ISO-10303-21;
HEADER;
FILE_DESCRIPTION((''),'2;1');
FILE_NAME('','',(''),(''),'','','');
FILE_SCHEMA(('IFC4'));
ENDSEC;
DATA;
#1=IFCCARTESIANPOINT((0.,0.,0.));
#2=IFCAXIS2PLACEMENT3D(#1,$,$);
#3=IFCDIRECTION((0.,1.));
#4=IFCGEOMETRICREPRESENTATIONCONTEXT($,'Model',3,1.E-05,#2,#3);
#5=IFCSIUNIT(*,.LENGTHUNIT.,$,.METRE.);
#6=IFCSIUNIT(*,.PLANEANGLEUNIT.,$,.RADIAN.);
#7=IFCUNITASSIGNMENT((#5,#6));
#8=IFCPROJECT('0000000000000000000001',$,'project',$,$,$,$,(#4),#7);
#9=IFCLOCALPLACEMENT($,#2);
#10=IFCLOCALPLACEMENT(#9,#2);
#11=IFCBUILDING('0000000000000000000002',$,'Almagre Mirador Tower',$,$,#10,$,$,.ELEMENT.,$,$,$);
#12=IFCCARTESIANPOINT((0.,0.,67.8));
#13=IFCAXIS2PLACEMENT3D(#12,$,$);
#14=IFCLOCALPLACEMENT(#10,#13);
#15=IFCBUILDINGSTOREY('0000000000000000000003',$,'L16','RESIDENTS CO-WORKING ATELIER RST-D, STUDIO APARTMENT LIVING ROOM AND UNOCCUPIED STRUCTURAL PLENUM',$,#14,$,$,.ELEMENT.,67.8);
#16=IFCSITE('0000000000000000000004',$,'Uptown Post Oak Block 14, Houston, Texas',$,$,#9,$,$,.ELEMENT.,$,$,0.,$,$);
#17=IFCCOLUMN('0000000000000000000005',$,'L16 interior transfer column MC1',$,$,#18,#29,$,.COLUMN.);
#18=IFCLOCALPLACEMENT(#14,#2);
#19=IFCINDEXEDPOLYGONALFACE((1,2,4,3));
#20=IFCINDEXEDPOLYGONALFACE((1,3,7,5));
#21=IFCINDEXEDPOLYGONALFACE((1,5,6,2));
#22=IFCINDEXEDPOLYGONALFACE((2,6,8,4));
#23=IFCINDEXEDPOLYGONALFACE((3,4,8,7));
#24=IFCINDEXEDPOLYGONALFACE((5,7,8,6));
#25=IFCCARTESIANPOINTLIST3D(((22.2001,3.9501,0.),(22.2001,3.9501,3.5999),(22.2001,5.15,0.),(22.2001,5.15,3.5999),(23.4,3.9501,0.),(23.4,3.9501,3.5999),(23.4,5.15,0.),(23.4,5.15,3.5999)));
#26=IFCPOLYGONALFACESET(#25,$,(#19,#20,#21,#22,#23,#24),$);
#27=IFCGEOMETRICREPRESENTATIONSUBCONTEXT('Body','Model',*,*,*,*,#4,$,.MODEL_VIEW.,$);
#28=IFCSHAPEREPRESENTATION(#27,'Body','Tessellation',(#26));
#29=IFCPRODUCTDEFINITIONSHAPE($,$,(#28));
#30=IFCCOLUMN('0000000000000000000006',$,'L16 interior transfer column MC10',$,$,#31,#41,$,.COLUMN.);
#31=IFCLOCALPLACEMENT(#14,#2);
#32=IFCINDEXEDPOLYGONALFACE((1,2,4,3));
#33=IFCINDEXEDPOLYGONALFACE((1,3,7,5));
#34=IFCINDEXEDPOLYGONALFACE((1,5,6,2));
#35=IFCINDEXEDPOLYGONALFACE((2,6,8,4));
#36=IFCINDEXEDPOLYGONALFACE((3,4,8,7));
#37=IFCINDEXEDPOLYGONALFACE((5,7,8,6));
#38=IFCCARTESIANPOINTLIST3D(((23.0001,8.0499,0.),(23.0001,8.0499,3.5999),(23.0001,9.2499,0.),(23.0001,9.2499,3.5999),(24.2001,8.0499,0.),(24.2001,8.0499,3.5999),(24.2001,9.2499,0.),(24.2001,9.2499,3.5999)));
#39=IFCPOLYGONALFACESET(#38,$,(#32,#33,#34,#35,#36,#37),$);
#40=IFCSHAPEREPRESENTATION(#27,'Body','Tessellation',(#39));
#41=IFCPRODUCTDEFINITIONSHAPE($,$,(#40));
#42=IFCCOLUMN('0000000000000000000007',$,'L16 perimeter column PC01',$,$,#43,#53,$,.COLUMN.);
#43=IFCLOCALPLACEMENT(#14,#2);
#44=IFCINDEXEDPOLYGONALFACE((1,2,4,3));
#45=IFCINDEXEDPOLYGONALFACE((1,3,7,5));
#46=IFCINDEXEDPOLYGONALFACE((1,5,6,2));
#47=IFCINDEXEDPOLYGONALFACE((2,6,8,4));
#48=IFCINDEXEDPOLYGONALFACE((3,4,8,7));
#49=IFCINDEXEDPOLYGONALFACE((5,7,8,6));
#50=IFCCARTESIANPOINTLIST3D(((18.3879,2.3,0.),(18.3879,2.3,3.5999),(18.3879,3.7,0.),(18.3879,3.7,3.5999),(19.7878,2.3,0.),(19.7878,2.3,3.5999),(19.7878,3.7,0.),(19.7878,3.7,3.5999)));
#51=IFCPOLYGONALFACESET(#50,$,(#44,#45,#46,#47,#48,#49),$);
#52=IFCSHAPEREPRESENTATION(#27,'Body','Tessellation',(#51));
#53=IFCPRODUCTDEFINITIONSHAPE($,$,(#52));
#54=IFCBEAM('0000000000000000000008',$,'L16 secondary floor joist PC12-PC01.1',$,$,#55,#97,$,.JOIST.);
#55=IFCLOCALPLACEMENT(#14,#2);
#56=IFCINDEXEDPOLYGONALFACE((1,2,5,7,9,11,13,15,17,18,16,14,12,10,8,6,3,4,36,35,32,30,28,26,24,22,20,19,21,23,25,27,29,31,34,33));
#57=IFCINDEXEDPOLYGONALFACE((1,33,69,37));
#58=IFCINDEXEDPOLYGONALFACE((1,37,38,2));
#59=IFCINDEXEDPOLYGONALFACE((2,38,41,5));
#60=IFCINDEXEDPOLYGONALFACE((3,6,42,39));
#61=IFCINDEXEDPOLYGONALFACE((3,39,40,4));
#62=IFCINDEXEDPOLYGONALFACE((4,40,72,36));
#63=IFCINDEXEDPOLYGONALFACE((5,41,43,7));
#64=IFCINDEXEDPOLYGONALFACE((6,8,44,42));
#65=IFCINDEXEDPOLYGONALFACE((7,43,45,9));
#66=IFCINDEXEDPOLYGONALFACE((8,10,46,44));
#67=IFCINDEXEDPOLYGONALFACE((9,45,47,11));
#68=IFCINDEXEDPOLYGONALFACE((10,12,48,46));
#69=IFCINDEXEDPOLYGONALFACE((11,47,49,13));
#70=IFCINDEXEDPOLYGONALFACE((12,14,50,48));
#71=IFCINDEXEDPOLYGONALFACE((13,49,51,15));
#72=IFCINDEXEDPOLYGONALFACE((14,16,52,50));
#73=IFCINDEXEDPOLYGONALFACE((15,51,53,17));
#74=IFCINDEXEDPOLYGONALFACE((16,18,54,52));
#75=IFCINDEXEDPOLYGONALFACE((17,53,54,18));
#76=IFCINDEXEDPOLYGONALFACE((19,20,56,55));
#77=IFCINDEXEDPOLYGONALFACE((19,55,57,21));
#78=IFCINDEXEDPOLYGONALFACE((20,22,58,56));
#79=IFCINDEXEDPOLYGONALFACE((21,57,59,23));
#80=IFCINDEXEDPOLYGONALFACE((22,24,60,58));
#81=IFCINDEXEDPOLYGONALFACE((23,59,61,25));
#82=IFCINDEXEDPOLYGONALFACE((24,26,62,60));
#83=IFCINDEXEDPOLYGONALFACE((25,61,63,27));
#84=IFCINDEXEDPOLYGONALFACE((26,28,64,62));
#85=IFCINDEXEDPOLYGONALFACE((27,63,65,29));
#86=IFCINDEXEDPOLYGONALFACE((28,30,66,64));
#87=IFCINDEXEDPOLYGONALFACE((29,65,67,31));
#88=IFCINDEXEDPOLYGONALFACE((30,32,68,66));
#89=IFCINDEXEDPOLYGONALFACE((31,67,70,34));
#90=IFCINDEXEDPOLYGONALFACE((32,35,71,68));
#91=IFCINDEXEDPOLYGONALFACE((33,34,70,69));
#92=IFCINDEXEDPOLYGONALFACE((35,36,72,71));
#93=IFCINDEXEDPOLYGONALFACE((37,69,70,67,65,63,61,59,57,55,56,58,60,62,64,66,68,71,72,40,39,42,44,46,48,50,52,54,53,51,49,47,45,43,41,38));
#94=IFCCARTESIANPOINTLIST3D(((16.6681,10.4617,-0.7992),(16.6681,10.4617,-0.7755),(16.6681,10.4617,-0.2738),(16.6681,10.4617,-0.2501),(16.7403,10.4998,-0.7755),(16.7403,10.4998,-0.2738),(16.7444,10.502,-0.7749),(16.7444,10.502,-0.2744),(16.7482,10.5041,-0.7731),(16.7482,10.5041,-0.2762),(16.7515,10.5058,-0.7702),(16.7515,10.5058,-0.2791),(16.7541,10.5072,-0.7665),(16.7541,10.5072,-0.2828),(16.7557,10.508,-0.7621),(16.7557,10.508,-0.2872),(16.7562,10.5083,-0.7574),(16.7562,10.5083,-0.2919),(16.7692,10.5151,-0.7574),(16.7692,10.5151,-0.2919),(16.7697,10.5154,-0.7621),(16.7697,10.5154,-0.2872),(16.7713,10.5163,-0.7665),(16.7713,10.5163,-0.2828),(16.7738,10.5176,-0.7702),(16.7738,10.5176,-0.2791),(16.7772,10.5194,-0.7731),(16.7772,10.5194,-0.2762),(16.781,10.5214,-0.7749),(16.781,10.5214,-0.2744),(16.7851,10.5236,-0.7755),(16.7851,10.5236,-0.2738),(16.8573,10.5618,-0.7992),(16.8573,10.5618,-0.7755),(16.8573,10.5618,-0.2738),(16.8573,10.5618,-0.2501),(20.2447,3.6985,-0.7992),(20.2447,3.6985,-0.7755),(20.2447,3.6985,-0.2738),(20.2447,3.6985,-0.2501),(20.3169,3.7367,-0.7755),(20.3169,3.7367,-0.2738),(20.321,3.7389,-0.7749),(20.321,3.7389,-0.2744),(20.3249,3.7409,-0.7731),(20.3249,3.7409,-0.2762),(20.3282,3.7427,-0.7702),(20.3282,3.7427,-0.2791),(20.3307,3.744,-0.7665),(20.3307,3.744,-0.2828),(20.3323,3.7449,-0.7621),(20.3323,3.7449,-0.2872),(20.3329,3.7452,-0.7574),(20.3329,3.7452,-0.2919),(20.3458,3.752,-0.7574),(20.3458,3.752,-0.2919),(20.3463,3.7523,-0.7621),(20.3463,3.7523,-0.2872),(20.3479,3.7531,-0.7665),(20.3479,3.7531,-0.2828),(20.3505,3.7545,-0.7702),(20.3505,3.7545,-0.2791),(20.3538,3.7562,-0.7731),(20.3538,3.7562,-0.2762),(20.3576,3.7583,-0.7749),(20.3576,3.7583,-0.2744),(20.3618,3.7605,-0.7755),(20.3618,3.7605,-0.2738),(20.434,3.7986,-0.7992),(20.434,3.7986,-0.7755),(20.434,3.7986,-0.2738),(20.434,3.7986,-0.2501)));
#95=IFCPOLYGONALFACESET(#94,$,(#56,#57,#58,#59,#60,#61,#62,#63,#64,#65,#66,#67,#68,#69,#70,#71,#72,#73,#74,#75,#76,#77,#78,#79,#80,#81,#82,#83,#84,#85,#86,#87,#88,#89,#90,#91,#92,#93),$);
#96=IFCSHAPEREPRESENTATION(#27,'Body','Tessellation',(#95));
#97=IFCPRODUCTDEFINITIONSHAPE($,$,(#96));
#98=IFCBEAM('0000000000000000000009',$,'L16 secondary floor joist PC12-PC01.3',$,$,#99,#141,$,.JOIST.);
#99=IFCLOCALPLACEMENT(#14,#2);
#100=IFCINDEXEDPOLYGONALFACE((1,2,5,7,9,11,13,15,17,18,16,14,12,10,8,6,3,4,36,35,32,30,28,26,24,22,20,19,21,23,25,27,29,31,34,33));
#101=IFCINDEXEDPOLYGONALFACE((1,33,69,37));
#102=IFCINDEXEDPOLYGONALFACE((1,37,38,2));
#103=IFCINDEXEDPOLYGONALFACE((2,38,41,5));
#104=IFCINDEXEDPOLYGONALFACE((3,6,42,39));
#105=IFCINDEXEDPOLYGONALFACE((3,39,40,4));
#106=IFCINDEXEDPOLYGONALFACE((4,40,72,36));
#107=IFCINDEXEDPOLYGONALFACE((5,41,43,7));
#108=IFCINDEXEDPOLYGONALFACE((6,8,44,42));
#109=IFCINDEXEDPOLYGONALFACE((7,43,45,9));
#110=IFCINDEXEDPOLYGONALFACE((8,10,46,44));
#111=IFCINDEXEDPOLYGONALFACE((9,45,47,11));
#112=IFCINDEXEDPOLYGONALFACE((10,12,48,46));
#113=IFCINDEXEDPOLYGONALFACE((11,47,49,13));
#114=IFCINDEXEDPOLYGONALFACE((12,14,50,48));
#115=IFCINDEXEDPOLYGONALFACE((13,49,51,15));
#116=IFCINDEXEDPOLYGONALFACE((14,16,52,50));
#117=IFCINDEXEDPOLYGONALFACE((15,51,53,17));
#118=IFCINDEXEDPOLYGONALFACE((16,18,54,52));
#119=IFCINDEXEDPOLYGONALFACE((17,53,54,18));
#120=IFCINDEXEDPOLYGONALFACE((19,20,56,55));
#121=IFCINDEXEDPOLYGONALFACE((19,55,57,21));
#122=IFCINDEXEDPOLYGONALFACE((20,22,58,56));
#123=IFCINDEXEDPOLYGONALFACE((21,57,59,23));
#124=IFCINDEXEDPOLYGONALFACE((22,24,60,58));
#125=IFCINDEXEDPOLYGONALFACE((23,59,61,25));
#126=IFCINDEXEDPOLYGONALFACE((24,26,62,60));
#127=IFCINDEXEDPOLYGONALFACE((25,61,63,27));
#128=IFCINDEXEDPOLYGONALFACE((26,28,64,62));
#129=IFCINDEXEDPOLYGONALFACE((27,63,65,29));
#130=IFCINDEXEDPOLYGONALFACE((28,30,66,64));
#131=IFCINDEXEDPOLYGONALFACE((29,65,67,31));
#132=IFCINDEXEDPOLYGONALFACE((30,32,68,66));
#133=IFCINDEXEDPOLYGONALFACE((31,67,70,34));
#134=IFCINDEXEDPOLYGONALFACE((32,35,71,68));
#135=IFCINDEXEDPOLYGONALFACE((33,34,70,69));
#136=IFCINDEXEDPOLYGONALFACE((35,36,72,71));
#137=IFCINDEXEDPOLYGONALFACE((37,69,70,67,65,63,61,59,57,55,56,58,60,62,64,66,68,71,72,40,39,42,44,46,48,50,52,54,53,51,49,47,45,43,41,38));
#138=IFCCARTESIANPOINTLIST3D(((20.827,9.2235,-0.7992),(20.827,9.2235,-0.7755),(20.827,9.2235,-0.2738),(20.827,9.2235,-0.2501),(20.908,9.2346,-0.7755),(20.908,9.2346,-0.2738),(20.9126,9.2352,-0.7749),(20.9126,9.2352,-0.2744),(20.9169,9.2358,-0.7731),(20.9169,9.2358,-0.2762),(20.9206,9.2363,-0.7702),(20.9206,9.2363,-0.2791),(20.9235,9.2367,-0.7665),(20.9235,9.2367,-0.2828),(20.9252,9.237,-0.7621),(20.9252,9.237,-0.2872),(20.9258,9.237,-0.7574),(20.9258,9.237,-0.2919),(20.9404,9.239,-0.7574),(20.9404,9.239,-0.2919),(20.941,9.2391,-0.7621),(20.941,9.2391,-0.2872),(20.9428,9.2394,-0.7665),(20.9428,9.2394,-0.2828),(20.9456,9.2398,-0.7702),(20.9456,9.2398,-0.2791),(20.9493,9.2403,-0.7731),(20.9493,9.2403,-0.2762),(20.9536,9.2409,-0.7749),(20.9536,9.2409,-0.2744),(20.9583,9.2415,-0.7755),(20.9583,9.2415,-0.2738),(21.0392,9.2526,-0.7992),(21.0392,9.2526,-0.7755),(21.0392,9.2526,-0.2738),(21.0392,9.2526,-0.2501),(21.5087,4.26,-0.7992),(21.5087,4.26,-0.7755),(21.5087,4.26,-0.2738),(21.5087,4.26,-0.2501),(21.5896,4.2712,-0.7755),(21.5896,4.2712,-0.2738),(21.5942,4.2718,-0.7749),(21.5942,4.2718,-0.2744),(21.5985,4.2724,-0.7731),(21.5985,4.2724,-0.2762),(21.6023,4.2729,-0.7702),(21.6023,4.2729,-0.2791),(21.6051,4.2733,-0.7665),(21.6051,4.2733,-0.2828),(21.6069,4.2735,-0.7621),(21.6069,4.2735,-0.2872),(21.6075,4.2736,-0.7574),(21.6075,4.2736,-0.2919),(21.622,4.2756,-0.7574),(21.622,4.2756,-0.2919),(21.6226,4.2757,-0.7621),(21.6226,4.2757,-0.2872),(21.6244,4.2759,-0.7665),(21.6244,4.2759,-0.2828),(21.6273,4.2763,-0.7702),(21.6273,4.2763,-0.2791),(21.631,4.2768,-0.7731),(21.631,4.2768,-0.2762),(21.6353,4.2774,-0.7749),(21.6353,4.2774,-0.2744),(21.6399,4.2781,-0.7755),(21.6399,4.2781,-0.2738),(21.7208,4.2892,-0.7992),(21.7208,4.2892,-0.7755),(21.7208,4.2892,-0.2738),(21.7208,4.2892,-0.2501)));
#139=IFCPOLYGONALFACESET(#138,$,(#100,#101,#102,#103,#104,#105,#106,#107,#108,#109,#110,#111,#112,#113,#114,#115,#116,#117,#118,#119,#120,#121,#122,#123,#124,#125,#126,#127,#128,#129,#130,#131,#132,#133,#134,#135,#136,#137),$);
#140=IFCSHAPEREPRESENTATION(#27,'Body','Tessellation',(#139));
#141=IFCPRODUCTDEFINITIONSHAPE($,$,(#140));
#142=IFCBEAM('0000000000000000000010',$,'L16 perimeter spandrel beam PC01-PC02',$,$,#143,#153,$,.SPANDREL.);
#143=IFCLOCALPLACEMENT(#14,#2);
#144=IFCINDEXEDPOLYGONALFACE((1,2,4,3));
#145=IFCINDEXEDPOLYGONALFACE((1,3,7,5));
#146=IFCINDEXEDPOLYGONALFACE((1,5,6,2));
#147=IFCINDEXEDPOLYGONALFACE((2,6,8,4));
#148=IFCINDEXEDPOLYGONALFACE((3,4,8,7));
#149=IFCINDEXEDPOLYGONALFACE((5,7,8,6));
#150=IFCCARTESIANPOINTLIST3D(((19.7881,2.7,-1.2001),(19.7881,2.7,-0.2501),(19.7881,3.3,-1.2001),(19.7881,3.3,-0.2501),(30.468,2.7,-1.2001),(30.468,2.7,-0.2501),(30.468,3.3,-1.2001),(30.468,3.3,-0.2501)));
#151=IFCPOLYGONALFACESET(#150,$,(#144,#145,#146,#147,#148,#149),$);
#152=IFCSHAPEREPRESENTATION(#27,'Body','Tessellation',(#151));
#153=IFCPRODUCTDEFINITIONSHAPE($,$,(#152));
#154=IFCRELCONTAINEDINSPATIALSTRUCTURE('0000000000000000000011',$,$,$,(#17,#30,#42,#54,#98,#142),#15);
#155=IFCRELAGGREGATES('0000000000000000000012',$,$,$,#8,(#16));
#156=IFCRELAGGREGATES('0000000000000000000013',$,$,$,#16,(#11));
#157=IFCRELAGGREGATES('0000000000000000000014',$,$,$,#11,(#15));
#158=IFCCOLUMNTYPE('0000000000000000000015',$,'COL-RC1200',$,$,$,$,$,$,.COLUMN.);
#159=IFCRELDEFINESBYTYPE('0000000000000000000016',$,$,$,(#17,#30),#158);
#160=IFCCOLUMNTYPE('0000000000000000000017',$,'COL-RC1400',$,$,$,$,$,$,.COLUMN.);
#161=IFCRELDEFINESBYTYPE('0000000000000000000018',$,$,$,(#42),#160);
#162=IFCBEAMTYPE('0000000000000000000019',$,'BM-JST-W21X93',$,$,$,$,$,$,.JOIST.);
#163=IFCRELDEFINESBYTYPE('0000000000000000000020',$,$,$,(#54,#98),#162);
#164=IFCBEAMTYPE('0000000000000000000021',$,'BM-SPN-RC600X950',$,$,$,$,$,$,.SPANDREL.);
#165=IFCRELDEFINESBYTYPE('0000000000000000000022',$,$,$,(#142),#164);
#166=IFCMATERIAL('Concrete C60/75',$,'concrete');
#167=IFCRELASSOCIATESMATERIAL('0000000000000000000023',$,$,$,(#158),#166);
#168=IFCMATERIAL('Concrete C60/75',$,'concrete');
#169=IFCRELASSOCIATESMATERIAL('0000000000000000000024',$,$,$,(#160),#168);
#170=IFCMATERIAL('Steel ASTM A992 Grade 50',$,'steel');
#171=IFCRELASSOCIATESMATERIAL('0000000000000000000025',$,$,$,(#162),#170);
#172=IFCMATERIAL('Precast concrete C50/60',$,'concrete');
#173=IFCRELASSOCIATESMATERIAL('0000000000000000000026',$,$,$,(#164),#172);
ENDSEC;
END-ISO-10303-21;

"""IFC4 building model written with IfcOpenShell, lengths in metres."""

from ifc_helpers import new_model, si_unit, direction, frame, origin, origin_2d, place, context, subcontext, project, spatial, rectangle, i_section, extrude, material, material_profile, profile_set, type_object, element, save


model = new_model("IFC4")

# Units and contexts
model_context = context("Model", 3, precision=1e-05, world=origin(), true_north=direction((0.0, 1.0)))
body_context = subcontext(model_context, "Body", "Model", "MODEL_VIEW")
ifc_project = project(units=[si_unit("LENGTHUNIT", "METRE"), si_unit("PLANEANGLEUNIT", "RADIAN")], contexts=[model_context])

# Site, building, storey
site_placement = place(None, origin())
site = spatial("IfcSite", under=ifc_project, at=site_placement, Name="Uptown Post Oak Block 14, Houston, Texas", CompositionType="ELEMENT", RefElevation=0.0)
building_placement = place(site_placement, origin())
building = spatial("IfcBuilding", under=site, at=building_placement, Name="Almagre Mirador Tower", CompositionType="ELEMENT")
storey_placement = place(building_placement, frame((0.0, 0.0, 67.8)))
storey = spatial("IfcBuildingStorey", under=building, at=storey_placement, Name="L16", Description="RESIDENTS CO-WORKING ATELIER RST-D, STUDIO APARTMENT LIVING ROOM AND UNOCCUPIED STRUCTURAL PLENUM", CompositionType="ELEMENT", Elevation=67.8)

# Columns
ifc_material_1 = material(Name="Concrete C60/75", Category="concrete")
ifc_material_profile_1 = material_profile(ifc_material_1, rectangle(XDim=1.2, YDim=1.2, at=origin_2d()), Name="RC1200X1200")
ifc_profile_set_1 = profile_set([ifc_material_profile_1], Name="Concrete C60/75")
column_type_1 = type_object("IfcColumnType", Name="COL-RC1200", PredefinedType="COLUMN", material=ifc_profile_set_1)
for number, where, z_axis, x_axis, name in (
    (1, (22.8, 4.55, 0.0), (0.0, 0.0, 1.0), (1.0, 0.0, 0.0), "L16 interior transfer column MC1"),
    (2, (23.6001, 8.6499, 0.0), (0.0, 0.0, 1.0), (1.0, 0.0, 0.0), "L16 interior transfer column MC10"),
):
    element("IfcColumn", number, at=place(storey_placement, frame(where, z_axis=z_axis, x_axis=x_axis)), inside=storey, type_object=column_type_1, Name=name, PredefinedType="COLUMN", context=body_context, shape_type="SweptSolid", body=[
        extrude(rectangle(XDim=1.2, YDim=1.2, at=origin_2d()), origin(), (0.0, 0.0, 1.0), 3.5999),
    ])
ifc_material_2 = material(Name="Concrete C60/75", Category="concrete")
ifc_material_profile_2 = material_profile(ifc_material_2, rectangle(XDim=1.3999, YDim=1.3999, at=origin_2d()), Name="RC1400X1400")
ifc_profile_set_2 = profile_set([ifc_material_profile_2], Name="Concrete C60/75")
column_type_2 = type_object("IfcColumnType", Name="COL-RC1400", PredefinedType="COLUMN", material=ifc_profile_set_2)
column_placement = place(storey_placement, frame((19.0879, 3.0, 0.0), z_axis=(0.0, 0.0, 1.0), x_axis=(1.0, 0.0, 0.0)))
element("IfcColumn", 3, at=column_placement, inside=storey, type_object=column_type_2, Name="L16 perimeter column PC01", PredefinedType="COLUMN", context=body_context, shape_type="SweptSolid", body=[
    extrude(rectangle(XDim=1.3999, YDim=1.3999, at=origin_2d()), origin(), (0.0, 0.0, 1.0), 3.5999),
])

# Beams
ifc_material_3 = material(Name="Steel ASTM A992 Grade 50", Category="steel")
ifc_material_profile_3 = material_profile(ifc_material_3, i_section(OverallWidth=0.2141, OverallDepth=0.5491, WebThickness=0.0146, FlangeThickness=0.0237, FilletRadius=0.0181, at=origin_2d()), Name="W21X93")
ifc_profile_set_3 = profile_set([ifc_material_profile_3], Name="Steel ASTM A992 Grade 50")
beam_type_1 = type_object("IfcBeamType", Name="BM-JST-W21X93", PredefinedType="JOIST", material=ifc_profile_set_3)
beam_1_placement = place(storey_placement, frame((16.7627, 10.5117, -0.5247), z_axis=(0.467495, -0.883996, 0.0), x_axis=(0.883996, 0.467495, 0.0)))
element("IfcBeam", 4, at=beam_1_placement, inside=storey, type_object=beam_type_1, Name="L16 secondary floor joist PC12-PC01.1", PredefinedType="JOIST", context=body_context, shape_type="SweptSolid", body=[
    extrude(i_section(OverallWidth=0.2141, OverallDepth=0.5491, WebThickness=0.0146, FlangeThickness=0.0237, FilletRadius=0.0181, at=origin_2d()), origin(), (0.0, 0.0, 1.0), 7.6506),
])
beam_2_placement = place(storey_placement, frame((20.9331, 9.238, -0.5247), z_axis=(0.136057, -0.990701, 0.0), x_axis=(0.990701, 0.136057, 0.0)))
element("IfcBeam", 5, at=beam_2_placement, inside=storey, type_object=beam_type_1, Name="L16 secondary floor joist PC12-PC01.3", PredefinedType="JOIST", context=body_context, shape_type="SweptSolid", body=[
    extrude(i_section(OverallWidth=0.2141, OverallDepth=0.5491, WebThickness=0.0146, FlangeThickness=0.0237, FilletRadius=0.0181, at=origin_2d()), origin(), (0.0, 0.0, 1.0), 5.01),
])
ifc_material_4 = material(Name="Precast concrete C50/60", Category="concrete")
ifc_material_profile_4 = material_profile(ifc_material_4, rectangle(XDim=0.6001, YDim=0.95, at=origin_2d()), Name="RC600X950")
ifc_profile_set_4 = profile_set([ifc_material_profile_4], Name="Precast concrete C50/60")
beam_type_2 = type_object("IfcBeamType", Name="BM-SPN-RC600X950", PredefinedType="SPANDREL", material=ifc_profile_set_4)
beam_3_placement = place(storey_placement, frame((19.7881, 3.0, -0.7251), z_axis=(1.0, 0.0, 0.0), x_axis=(0.0, 1.0, 0.0)))
element("IfcBeam", 6, at=beam_3_placement, inside=storey, type_object=beam_type_2, Name="L16 perimeter spandrel beam PC01-PC02", PredefinedType="SPANDREL", context=body_context, shape_type="SweptSolid", body=[
    extrude(rectangle(XDim=0.6001, YDim=0.95, at=origin_2d()), origin(), (0.0, 0.0, 1.0), 10.6799),
])

save(model, "model.ifc")
